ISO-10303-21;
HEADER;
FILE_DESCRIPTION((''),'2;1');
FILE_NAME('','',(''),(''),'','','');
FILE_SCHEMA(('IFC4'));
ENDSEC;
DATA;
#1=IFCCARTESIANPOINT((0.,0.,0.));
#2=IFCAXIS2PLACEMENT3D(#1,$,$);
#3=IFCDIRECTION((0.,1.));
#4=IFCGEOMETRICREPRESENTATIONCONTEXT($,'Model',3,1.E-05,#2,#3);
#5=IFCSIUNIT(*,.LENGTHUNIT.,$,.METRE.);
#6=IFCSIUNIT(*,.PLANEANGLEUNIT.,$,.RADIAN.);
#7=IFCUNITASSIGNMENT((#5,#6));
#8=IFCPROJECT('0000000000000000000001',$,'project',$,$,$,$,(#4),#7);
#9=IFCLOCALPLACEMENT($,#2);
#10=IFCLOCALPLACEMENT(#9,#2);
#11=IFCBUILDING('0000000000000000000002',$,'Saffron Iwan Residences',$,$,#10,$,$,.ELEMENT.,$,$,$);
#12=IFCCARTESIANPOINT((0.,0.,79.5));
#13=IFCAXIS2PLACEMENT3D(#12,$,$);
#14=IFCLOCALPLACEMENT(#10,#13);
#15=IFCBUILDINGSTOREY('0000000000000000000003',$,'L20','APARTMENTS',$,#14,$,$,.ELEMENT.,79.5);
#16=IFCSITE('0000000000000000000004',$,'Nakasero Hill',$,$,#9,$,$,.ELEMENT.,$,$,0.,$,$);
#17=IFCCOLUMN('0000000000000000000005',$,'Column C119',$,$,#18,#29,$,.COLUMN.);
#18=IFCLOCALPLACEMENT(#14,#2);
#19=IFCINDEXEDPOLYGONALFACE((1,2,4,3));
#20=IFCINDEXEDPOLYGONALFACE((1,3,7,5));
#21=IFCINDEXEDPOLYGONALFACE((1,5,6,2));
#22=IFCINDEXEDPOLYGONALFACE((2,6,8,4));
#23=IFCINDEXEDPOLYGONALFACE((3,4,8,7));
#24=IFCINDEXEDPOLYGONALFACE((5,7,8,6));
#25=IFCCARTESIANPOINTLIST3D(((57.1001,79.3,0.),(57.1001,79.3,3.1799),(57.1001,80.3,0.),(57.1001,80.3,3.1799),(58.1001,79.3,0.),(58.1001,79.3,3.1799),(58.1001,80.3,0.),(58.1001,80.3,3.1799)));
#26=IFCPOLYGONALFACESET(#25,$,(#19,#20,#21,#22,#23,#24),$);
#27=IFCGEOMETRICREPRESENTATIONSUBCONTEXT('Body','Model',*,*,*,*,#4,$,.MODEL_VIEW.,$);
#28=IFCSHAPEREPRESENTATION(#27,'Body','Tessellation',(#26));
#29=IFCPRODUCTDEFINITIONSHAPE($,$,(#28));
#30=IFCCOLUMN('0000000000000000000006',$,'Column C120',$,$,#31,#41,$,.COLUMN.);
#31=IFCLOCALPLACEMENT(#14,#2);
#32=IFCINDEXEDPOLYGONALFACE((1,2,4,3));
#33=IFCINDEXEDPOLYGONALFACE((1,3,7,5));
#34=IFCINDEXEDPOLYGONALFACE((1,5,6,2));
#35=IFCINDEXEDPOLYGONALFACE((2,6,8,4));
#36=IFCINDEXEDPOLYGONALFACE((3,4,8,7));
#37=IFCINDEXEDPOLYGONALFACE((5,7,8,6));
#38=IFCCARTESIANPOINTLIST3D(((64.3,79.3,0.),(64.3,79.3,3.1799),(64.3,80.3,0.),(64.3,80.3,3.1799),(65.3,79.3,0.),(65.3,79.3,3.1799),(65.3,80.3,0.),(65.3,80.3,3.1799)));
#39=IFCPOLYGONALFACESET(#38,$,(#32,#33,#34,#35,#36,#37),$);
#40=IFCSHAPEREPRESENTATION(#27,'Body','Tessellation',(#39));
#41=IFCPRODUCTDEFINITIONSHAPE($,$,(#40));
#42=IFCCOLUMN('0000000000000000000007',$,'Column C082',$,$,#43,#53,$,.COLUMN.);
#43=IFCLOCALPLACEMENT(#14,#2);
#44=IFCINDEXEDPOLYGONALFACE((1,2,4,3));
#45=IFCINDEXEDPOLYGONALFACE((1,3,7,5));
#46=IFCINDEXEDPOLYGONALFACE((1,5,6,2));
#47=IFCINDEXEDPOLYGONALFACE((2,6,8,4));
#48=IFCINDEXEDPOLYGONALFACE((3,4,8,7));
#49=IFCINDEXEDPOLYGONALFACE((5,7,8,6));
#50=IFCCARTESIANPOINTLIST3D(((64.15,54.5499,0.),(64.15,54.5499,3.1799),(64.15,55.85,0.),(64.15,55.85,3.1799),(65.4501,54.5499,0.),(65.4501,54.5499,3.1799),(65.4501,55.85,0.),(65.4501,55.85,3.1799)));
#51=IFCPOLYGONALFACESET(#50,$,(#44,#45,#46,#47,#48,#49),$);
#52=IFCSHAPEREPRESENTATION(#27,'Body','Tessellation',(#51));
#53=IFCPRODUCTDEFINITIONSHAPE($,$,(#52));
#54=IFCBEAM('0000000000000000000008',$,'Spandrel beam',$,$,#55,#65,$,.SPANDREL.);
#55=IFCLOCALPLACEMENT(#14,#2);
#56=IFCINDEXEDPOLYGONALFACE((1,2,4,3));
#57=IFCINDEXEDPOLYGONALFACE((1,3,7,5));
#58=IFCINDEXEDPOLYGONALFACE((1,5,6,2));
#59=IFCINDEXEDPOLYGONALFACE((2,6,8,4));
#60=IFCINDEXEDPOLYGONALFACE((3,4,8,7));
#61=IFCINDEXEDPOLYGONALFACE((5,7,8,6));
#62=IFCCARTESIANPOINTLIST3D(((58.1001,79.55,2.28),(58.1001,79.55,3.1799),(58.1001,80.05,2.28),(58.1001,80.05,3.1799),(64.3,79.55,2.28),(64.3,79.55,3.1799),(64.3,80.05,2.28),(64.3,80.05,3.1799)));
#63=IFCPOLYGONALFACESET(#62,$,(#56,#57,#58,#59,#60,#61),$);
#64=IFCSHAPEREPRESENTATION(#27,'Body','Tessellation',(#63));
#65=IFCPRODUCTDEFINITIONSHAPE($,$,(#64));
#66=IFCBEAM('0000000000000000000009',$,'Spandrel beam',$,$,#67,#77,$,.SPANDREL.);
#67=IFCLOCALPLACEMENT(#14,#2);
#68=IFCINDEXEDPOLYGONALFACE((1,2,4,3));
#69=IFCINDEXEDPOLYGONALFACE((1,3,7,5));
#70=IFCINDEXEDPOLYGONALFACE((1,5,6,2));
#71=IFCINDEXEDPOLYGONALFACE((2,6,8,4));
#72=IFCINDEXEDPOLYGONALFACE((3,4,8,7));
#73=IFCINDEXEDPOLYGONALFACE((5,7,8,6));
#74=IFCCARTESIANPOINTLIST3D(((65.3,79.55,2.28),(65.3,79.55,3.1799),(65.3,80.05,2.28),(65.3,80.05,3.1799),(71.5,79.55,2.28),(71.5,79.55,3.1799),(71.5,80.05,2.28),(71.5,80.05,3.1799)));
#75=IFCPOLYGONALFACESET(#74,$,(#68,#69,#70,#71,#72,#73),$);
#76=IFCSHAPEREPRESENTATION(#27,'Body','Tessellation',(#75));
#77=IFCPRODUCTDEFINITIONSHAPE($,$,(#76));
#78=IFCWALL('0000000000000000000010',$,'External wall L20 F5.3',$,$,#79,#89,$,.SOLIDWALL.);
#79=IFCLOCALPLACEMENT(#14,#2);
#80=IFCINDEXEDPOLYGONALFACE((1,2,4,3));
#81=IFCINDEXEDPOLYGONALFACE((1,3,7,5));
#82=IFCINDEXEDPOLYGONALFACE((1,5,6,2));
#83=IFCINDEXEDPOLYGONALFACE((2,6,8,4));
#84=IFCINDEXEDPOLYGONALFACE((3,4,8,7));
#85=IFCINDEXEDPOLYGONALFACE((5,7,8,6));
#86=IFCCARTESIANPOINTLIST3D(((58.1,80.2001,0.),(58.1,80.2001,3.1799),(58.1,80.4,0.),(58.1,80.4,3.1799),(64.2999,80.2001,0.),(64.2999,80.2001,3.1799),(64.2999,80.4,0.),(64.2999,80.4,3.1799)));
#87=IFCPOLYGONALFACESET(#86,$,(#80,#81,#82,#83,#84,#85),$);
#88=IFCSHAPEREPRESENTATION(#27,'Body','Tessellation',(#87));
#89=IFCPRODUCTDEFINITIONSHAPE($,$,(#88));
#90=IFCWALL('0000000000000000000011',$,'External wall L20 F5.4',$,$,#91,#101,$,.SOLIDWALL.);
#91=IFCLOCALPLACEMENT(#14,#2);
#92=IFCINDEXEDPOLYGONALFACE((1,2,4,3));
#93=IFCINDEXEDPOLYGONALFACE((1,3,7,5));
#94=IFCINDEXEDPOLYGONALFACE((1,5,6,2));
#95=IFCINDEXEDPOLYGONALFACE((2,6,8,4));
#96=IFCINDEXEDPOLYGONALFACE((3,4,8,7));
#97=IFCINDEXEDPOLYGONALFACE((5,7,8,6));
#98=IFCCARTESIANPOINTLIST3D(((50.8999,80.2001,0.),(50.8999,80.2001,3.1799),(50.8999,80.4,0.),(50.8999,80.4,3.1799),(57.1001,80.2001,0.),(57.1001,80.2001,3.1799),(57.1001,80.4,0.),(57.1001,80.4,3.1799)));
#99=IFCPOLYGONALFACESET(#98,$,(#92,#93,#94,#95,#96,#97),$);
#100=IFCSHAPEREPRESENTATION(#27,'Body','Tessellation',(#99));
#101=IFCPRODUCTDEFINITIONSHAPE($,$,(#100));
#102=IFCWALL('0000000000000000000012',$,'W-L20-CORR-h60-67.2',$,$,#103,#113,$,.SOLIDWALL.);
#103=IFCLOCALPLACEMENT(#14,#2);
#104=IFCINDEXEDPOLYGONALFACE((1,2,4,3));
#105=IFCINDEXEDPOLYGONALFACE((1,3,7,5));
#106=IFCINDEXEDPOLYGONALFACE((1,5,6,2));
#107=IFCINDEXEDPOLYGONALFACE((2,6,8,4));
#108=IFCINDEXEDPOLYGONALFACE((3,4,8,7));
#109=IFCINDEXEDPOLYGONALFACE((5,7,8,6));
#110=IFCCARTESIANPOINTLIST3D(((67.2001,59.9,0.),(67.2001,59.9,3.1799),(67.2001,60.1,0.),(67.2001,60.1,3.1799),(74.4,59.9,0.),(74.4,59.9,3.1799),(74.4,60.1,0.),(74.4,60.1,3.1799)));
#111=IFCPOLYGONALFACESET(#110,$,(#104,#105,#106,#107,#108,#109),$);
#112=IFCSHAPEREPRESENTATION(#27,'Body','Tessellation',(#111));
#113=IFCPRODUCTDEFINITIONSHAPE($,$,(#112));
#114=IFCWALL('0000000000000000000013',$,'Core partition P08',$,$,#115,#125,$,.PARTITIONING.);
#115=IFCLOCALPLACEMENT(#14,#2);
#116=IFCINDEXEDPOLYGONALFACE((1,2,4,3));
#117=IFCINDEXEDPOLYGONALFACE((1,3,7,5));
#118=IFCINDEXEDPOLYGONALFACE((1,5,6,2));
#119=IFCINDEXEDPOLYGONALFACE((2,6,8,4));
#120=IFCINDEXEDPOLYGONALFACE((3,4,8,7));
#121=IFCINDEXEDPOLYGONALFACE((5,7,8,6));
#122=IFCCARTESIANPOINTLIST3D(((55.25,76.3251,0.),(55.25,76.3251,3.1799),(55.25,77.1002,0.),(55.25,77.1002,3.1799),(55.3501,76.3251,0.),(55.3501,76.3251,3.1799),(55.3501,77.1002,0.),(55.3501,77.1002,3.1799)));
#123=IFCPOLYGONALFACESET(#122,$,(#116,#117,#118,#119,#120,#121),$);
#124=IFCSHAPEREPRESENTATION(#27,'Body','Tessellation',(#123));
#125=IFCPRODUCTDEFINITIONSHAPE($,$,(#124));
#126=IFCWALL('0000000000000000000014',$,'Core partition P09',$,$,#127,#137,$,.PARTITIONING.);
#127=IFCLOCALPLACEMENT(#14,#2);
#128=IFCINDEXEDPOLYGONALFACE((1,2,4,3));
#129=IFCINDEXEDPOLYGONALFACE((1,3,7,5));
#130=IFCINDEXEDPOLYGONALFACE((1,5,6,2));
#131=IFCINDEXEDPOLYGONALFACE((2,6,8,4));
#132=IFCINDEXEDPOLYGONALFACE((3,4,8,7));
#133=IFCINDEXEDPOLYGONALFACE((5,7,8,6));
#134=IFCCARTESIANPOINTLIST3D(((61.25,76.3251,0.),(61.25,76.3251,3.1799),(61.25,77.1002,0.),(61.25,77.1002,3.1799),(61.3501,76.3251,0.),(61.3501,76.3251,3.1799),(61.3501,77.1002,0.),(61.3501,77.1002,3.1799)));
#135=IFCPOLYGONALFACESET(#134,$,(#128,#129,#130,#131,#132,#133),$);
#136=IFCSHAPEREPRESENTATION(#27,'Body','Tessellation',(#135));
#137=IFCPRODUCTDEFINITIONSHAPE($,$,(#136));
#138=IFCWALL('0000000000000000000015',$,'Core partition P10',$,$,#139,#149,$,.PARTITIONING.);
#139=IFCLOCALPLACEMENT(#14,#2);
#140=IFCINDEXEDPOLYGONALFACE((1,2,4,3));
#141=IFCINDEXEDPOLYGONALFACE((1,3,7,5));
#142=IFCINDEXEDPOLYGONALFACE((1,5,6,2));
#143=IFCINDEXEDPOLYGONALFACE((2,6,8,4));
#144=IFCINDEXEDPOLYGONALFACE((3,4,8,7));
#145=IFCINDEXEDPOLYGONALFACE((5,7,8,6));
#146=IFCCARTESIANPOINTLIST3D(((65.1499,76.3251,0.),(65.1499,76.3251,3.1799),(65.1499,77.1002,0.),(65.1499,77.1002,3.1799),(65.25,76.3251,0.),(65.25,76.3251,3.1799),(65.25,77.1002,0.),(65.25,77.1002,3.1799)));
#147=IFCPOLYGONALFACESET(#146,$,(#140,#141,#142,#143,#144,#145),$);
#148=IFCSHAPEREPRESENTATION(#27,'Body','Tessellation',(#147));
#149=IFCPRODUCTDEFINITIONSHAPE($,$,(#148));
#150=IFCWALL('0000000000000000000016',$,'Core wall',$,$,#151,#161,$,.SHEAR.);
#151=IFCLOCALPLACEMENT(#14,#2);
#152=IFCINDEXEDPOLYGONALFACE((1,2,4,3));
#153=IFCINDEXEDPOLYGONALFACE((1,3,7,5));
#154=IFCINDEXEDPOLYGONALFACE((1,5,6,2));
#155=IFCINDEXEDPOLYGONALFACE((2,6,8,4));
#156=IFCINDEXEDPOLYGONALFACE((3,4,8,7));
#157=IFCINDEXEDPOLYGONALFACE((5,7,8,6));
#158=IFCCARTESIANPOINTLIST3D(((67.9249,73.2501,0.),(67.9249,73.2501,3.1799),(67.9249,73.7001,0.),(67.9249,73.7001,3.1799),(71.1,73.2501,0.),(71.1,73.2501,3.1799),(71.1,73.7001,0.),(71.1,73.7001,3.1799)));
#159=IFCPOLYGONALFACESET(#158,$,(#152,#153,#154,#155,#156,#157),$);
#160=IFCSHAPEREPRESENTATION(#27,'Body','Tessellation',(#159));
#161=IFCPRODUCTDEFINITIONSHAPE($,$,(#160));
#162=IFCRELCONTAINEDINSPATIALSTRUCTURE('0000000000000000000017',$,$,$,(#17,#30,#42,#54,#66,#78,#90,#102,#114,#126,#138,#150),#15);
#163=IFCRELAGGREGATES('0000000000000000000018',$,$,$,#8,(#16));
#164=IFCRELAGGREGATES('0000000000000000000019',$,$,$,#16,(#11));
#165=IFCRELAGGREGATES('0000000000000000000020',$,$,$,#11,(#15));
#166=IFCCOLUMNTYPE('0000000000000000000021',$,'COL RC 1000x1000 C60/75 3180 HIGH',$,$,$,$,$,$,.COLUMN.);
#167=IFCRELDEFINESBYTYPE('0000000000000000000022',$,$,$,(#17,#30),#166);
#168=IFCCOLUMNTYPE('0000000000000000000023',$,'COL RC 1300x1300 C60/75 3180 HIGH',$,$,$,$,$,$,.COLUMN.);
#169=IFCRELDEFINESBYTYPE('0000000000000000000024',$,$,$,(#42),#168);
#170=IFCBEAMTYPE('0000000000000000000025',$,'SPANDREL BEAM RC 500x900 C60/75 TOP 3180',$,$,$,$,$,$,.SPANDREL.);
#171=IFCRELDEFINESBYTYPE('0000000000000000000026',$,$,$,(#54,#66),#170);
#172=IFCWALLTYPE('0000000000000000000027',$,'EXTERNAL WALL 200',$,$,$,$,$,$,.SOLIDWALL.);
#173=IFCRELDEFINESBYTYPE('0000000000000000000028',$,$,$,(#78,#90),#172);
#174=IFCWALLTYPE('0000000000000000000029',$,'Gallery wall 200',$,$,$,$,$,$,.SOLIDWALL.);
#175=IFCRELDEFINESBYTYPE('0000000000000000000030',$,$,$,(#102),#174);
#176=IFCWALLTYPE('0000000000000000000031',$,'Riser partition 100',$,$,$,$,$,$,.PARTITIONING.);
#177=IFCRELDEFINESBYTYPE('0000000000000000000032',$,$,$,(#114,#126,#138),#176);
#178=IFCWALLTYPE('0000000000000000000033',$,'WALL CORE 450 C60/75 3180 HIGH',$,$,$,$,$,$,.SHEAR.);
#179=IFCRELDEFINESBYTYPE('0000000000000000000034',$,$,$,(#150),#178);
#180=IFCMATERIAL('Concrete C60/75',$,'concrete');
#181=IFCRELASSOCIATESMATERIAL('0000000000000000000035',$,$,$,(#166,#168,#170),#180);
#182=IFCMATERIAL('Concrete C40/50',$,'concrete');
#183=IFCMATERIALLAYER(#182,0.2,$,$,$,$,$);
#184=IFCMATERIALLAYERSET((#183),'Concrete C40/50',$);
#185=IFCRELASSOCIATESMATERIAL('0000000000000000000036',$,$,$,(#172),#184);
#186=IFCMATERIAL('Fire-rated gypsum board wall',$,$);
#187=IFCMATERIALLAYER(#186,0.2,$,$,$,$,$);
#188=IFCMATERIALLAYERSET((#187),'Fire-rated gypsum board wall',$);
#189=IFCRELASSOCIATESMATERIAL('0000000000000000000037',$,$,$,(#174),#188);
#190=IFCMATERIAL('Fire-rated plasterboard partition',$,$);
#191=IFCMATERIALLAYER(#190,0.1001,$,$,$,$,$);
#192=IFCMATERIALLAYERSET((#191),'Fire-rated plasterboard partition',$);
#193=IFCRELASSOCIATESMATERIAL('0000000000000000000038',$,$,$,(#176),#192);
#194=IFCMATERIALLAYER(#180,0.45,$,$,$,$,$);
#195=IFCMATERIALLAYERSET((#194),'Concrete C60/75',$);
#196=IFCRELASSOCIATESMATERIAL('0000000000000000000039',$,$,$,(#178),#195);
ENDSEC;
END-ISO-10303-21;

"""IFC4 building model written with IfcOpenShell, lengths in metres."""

from ifc_helpers import new_model, si_unit, direction, frame, frame_2d, origin, origin_2d, place, context, subcontext, project, spatial, rectangle, extrude, source, transform, mapped, material, layer, layer_set, material_profile, profile_set, type_object, element, save


model = new_model("IFC4")

# Units and contexts
model_context = context("Model", 3, precision=1e-05, world=origin(), true_north=direction((0.0, 1.0)))
body_context = subcontext(model_context, "Body", "Model", "MODEL_VIEW")
ifc_project = project(units=[si_unit("LENGTHUNIT", "METRE"), si_unit("PLANEANGLEUNIT", "RADIAN")], contexts=[model_context])

# Site, building, storey
site_placement = place(None, origin())
site = spatial("IfcSite", under=ifc_project, at=site_placement, Name="Nakasero Hill", CompositionType="ELEMENT", RefElevation=0.0)
building_placement = place(site_placement, origin())
building = spatial("IfcBuilding", under=site, at=building_placement, Name="Saffron Iwan Residences", CompositionType="ELEMENT")
storey_placement = place(building_placement, frame((0.0, 0.0, 79.5)))
storey = spatial("IfcBuildingStorey", under=building, at=storey_placement, Name="L20", Description="APARTMENTS", CompositionType="ELEMENT", Elevation=79.5)

# Columns
ifc_material_1 = material(Name="Concrete C60/75", Category="concrete")
ifc_material_profile_1 = material_profile(ifc_material_1, rectangle(XDim=1.0, YDim=1.0, at=origin_2d()), Name="RC 1000x1000")
ifc_profile_set_1 = profile_set([ifc_material_profile_1], Name="Concrete C60/75")
column_type_1 = type_object("IfcColumnType", Name="COL RC 1000x1000 C60/75 3180 HIGH", PredefinedType="COLUMN", material=ifc_profile_set_1)
shared_shape_1 = source(origin(), body_context, "Body", "SweptSolid", [
    extrude(rectangle(XDim=1.0, YDim=1.0, at=origin_2d()), origin(), (0.0, 0.0, 1.0), 3.1799),
])
for number, where, z_axis, x_axis, name in (
    (1, (57.6001, 79.8, 0.0), (0.0, 0.0, 1.0), (1.0, 0.0, 0.0), "Column C119"),
    (2, (64.8, 79.8, 0.0), (0.0, 0.0, 1.0), (1.0, 0.0, 0.0), "Column C120"),
):
    element("IfcColumn", number, at=place(storey_placement, frame(where, z_axis=z_axis, x_axis=x_axis)), inside=storey, type_object=column_type_1, Name=name, PredefinedType="COLUMN", context=body_context, shape_type="MappedRepresentation", body=[
        mapped(shared_shape_1, transform((0.0, 0.0, 0.0))),
    ])
ifc_material_profile_2 = material_profile(ifc_material_1, rectangle(XDim=1.3, YDim=1.3, at=origin_2d()), Name="RC 1300x1300")
ifc_profile_set_2 = profile_set([ifc_material_profile_2], Name="Concrete C60/75")
column_type_2 = type_object("IfcColumnType", Name="COL RC 1300x1300 C60/75 3180 HIGH", PredefinedType="COLUMN", material=ifc_profile_set_2)
shared_shape_2 = source(origin(), body_context, "Body", "SweptSolid", [
    extrude(rectangle(XDim=1.3, YDim=1.3, at=origin_2d()), origin(), (0.0, 0.0, 1.0), 3.1799),
])
column_placement = place(storey_placement, frame((64.8, 55.2, 0.0), z_axis=(0.0, 0.0, 1.0), x_axis=(1.0, 0.0, 0.0)))
element("IfcColumn", 3, at=column_placement, inside=storey, type_object=column_type_2, Name="Column C082", PredefinedType="COLUMN", context=body_context, shape_type="MappedRepresentation", body=[
    mapped(shared_shape_2, transform((0.0, 0.0, 0.0))),
])

# Beams
ifc_material_profile_3 = material_profile(ifc_material_1, rectangle(XDim=0.5, YDim=0.8999, at=origin_2d()), Name="RC 500x900")
ifc_profile_set_3 = profile_set([ifc_material_profile_3], Name="Concrete C60/75")
beam_type = type_object("IfcBeamType", Name="SPANDREL BEAM RC 500x900 C60/75 TOP 3180", PredefinedType="SPANDREL", material=ifc_profile_set_3)
shared_shape_3 = source(origin(), body_context, "Body", "SweptSolid", [
    extrude(rectangle(XDim=0.5, YDim=0.8999, at=origin_2d()), origin(), (0.0, 0.0, 1.0), 6.2),
])
for number, where, z_axis, x_axis, name in (
    (4, (58.1001, 79.8, 2.73), (1.0, 0.0, 0.0), (0.0, 1.0, 0.0), "Spandrel beam"),
    (5, (65.3, 79.8, 2.73), (1.0, 0.0, 0.0), (0.0, 1.0, 0.0), "Spandrel beam"),
):
    element("IfcBeam", number, at=place(storey_placement, frame(where, z_axis=z_axis, x_axis=x_axis)), inside=storey, type_object=beam_type, Name=name, PredefinedType="SPANDREL", context=body_context, shape_type="MappedRepresentation", body=[
        mapped(shared_shape_3, transform((0.0, 0.0, 0.0))),
    ])

# Walls
ifc_material_2 = material(Name="Concrete C40/50", Category="concrete")
ifc_layer_1 = layer(ifc_material_2, 0.2)
ifc_layer_set_1 = layer_set([ifc_layer_1], Name="Concrete C40/50")
wall_type_1 = type_object("IfcWallType", Name="EXTERNAL WALL 200", PredefinedType="SOLIDWALL", material=ifc_layer_set_1)
wall_1_placement = place(storey_placement, frame((64.3, 80.3, 0.0), z_axis=(0.0, 0.0, 1.0), x_axis=(-1.0, 0.0, 0.0)))
element("IfcWall", 6, at=wall_1_placement, inside=storey, type_object=wall_type_1, Name="External wall L20 F5.3", PredefinedType="SOLIDWALL", context=body_context, shape_type="SweptSolid", body=[
    extrude(rectangle(XDim=6.2, YDim=0.2, at=frame_2d((3.1001, 0.0))), origin(), (0.0, 0.0, 1.0), 3.1799),
])
wall_2_placement = place(storey_placement, frame((57.1001, 80.3, 0.0), z_axis=(0.0, 0.0, 1.0), x_axis=(-1.0, 0.0, 0.0)))
element("IfcWall", 7, at=wall_2_placement, inside=storey, type_object=wall_type_1, Name="External wall L20 F5.4", PredefinedType="SOLIDWALL", context=body_context, shape_type="SweptSolid", body=[
    extrude(rectangle(XDim=6.2002, YDim=0.2, at=frame_2d((3.1001, 0.0))), origin(), (0.0, 0.0, 1.0), 3.1799),
])
ifc_material_3 = material(Name="Fire-rated gypsum board wall")
ifc_layer_2 = layer(ifc_material_3, 0.2)
ifc_layer_set_2 = layer_set([ifc_layer_2], Name="Fire-rated gypsum board wall")
wall_type_2 = type_object("IfcWallType", Name="Gallery wall 200", PredefinedType="SOLIDWALL", material=ifc_layer_set_2)
wall_3_placement = place(storey_placement, frame((67.2, 60.0, 0.0), z_axis=(0.0, 0.0, 1.0), x_axis=(1.0, 0.0, 0.0)))
element("IfcWall", 8, at=wall_3_placement, inside=storey, type_object=wall_type_2, Name="W-L20-CORR-h60-67.2", PredefinedType="SOLIDWALL", context=body_context, shape_type="SweptSolid", body=[
    extrude(rectangle(XDim=7.2, YDim=0.2, at=frame_2d((3.6001, 0.0))), origin(), (0.0, 0.0, 1.0), 3.1799),
])
ifc_material_4 = material(Name="Fire-rated plasterboard partition")
ifc_layer_3 = layer(ifc_material_4, 0.1001)
ifc_layer_set_3 = layer_set([ifc_layer_3], Name="Fire-rated plasterboard partition")
wall_type_3 = type_object("IfcWallType", Name="Riser partition 100", PredefinedType="PARTITIONING", material=ifc_layer_set_3)
for number, where, z_axis, x_axis, name in (
    (9, (55.3, 76.325, 0.0), (0.0, 0.0, 1.0), (0.0, 1.0, 0.0), "Core partition P08"),
    (10, (61.3, 76.325, 0.0), (0.0, 0.0, 1.0), (0.0, 1.0, 0.0), "Core partition P09"),
    (11, (65.2, 76.325, 0.0), (0.0, 0.0, 1.0), (0.0, 1.0, 0.0), "Core partition P10"),
):
    element("IfcWall", number, at=place(storey_placement, frame(where, z_axis=z_axis, x_axis=x_axis)), inside=storey, type_object=wall_type_3, Name=name, PredefinedType="PARTITIONING", context=body_context, shape_type="SweptSolid", body=[
        extrude(rectangle(XDim=0.7751, YDim=0.1001, at=frame_2d((0.3877, 0.0))), origin(), (0.0, 0.0, 1.0), 3.1799),
    ])
ifc_layer_4 = layer(ifc_material_1, 0.45)
ifc_layer_set_4 = layer_set([ifc_layer_4], Name="Concrete C60/75")
wall_type_4 = type_object("IfcWallType", Name="WALL CORE 450 C60/75 3180 HIGH", PredefinedType="SHEAR", material=ifc_layer_set_4)
wall_4_placement = place(storey_placement, frame((67.925, 73.4751, 0.0), z_axis=(0.0, 0.0, 1.0), x_axis=(1.0, 0.0, 0.0)))
element("IfcWall", 12, at=wall_4_placement, inside=storey, type_object=wall_type_4, Name="Core wall", PredefinedType="SHEAR", context=body_context, shape_type="SweptSolid", body=[
    extrude(rectangle(XDim=3.175, YDim=0.45, at=frame_2d((1.5874, 0.0))), origin(), (0.0, 0.0, 1.0), 3.1799),
])

save(model, "model.ifc")
